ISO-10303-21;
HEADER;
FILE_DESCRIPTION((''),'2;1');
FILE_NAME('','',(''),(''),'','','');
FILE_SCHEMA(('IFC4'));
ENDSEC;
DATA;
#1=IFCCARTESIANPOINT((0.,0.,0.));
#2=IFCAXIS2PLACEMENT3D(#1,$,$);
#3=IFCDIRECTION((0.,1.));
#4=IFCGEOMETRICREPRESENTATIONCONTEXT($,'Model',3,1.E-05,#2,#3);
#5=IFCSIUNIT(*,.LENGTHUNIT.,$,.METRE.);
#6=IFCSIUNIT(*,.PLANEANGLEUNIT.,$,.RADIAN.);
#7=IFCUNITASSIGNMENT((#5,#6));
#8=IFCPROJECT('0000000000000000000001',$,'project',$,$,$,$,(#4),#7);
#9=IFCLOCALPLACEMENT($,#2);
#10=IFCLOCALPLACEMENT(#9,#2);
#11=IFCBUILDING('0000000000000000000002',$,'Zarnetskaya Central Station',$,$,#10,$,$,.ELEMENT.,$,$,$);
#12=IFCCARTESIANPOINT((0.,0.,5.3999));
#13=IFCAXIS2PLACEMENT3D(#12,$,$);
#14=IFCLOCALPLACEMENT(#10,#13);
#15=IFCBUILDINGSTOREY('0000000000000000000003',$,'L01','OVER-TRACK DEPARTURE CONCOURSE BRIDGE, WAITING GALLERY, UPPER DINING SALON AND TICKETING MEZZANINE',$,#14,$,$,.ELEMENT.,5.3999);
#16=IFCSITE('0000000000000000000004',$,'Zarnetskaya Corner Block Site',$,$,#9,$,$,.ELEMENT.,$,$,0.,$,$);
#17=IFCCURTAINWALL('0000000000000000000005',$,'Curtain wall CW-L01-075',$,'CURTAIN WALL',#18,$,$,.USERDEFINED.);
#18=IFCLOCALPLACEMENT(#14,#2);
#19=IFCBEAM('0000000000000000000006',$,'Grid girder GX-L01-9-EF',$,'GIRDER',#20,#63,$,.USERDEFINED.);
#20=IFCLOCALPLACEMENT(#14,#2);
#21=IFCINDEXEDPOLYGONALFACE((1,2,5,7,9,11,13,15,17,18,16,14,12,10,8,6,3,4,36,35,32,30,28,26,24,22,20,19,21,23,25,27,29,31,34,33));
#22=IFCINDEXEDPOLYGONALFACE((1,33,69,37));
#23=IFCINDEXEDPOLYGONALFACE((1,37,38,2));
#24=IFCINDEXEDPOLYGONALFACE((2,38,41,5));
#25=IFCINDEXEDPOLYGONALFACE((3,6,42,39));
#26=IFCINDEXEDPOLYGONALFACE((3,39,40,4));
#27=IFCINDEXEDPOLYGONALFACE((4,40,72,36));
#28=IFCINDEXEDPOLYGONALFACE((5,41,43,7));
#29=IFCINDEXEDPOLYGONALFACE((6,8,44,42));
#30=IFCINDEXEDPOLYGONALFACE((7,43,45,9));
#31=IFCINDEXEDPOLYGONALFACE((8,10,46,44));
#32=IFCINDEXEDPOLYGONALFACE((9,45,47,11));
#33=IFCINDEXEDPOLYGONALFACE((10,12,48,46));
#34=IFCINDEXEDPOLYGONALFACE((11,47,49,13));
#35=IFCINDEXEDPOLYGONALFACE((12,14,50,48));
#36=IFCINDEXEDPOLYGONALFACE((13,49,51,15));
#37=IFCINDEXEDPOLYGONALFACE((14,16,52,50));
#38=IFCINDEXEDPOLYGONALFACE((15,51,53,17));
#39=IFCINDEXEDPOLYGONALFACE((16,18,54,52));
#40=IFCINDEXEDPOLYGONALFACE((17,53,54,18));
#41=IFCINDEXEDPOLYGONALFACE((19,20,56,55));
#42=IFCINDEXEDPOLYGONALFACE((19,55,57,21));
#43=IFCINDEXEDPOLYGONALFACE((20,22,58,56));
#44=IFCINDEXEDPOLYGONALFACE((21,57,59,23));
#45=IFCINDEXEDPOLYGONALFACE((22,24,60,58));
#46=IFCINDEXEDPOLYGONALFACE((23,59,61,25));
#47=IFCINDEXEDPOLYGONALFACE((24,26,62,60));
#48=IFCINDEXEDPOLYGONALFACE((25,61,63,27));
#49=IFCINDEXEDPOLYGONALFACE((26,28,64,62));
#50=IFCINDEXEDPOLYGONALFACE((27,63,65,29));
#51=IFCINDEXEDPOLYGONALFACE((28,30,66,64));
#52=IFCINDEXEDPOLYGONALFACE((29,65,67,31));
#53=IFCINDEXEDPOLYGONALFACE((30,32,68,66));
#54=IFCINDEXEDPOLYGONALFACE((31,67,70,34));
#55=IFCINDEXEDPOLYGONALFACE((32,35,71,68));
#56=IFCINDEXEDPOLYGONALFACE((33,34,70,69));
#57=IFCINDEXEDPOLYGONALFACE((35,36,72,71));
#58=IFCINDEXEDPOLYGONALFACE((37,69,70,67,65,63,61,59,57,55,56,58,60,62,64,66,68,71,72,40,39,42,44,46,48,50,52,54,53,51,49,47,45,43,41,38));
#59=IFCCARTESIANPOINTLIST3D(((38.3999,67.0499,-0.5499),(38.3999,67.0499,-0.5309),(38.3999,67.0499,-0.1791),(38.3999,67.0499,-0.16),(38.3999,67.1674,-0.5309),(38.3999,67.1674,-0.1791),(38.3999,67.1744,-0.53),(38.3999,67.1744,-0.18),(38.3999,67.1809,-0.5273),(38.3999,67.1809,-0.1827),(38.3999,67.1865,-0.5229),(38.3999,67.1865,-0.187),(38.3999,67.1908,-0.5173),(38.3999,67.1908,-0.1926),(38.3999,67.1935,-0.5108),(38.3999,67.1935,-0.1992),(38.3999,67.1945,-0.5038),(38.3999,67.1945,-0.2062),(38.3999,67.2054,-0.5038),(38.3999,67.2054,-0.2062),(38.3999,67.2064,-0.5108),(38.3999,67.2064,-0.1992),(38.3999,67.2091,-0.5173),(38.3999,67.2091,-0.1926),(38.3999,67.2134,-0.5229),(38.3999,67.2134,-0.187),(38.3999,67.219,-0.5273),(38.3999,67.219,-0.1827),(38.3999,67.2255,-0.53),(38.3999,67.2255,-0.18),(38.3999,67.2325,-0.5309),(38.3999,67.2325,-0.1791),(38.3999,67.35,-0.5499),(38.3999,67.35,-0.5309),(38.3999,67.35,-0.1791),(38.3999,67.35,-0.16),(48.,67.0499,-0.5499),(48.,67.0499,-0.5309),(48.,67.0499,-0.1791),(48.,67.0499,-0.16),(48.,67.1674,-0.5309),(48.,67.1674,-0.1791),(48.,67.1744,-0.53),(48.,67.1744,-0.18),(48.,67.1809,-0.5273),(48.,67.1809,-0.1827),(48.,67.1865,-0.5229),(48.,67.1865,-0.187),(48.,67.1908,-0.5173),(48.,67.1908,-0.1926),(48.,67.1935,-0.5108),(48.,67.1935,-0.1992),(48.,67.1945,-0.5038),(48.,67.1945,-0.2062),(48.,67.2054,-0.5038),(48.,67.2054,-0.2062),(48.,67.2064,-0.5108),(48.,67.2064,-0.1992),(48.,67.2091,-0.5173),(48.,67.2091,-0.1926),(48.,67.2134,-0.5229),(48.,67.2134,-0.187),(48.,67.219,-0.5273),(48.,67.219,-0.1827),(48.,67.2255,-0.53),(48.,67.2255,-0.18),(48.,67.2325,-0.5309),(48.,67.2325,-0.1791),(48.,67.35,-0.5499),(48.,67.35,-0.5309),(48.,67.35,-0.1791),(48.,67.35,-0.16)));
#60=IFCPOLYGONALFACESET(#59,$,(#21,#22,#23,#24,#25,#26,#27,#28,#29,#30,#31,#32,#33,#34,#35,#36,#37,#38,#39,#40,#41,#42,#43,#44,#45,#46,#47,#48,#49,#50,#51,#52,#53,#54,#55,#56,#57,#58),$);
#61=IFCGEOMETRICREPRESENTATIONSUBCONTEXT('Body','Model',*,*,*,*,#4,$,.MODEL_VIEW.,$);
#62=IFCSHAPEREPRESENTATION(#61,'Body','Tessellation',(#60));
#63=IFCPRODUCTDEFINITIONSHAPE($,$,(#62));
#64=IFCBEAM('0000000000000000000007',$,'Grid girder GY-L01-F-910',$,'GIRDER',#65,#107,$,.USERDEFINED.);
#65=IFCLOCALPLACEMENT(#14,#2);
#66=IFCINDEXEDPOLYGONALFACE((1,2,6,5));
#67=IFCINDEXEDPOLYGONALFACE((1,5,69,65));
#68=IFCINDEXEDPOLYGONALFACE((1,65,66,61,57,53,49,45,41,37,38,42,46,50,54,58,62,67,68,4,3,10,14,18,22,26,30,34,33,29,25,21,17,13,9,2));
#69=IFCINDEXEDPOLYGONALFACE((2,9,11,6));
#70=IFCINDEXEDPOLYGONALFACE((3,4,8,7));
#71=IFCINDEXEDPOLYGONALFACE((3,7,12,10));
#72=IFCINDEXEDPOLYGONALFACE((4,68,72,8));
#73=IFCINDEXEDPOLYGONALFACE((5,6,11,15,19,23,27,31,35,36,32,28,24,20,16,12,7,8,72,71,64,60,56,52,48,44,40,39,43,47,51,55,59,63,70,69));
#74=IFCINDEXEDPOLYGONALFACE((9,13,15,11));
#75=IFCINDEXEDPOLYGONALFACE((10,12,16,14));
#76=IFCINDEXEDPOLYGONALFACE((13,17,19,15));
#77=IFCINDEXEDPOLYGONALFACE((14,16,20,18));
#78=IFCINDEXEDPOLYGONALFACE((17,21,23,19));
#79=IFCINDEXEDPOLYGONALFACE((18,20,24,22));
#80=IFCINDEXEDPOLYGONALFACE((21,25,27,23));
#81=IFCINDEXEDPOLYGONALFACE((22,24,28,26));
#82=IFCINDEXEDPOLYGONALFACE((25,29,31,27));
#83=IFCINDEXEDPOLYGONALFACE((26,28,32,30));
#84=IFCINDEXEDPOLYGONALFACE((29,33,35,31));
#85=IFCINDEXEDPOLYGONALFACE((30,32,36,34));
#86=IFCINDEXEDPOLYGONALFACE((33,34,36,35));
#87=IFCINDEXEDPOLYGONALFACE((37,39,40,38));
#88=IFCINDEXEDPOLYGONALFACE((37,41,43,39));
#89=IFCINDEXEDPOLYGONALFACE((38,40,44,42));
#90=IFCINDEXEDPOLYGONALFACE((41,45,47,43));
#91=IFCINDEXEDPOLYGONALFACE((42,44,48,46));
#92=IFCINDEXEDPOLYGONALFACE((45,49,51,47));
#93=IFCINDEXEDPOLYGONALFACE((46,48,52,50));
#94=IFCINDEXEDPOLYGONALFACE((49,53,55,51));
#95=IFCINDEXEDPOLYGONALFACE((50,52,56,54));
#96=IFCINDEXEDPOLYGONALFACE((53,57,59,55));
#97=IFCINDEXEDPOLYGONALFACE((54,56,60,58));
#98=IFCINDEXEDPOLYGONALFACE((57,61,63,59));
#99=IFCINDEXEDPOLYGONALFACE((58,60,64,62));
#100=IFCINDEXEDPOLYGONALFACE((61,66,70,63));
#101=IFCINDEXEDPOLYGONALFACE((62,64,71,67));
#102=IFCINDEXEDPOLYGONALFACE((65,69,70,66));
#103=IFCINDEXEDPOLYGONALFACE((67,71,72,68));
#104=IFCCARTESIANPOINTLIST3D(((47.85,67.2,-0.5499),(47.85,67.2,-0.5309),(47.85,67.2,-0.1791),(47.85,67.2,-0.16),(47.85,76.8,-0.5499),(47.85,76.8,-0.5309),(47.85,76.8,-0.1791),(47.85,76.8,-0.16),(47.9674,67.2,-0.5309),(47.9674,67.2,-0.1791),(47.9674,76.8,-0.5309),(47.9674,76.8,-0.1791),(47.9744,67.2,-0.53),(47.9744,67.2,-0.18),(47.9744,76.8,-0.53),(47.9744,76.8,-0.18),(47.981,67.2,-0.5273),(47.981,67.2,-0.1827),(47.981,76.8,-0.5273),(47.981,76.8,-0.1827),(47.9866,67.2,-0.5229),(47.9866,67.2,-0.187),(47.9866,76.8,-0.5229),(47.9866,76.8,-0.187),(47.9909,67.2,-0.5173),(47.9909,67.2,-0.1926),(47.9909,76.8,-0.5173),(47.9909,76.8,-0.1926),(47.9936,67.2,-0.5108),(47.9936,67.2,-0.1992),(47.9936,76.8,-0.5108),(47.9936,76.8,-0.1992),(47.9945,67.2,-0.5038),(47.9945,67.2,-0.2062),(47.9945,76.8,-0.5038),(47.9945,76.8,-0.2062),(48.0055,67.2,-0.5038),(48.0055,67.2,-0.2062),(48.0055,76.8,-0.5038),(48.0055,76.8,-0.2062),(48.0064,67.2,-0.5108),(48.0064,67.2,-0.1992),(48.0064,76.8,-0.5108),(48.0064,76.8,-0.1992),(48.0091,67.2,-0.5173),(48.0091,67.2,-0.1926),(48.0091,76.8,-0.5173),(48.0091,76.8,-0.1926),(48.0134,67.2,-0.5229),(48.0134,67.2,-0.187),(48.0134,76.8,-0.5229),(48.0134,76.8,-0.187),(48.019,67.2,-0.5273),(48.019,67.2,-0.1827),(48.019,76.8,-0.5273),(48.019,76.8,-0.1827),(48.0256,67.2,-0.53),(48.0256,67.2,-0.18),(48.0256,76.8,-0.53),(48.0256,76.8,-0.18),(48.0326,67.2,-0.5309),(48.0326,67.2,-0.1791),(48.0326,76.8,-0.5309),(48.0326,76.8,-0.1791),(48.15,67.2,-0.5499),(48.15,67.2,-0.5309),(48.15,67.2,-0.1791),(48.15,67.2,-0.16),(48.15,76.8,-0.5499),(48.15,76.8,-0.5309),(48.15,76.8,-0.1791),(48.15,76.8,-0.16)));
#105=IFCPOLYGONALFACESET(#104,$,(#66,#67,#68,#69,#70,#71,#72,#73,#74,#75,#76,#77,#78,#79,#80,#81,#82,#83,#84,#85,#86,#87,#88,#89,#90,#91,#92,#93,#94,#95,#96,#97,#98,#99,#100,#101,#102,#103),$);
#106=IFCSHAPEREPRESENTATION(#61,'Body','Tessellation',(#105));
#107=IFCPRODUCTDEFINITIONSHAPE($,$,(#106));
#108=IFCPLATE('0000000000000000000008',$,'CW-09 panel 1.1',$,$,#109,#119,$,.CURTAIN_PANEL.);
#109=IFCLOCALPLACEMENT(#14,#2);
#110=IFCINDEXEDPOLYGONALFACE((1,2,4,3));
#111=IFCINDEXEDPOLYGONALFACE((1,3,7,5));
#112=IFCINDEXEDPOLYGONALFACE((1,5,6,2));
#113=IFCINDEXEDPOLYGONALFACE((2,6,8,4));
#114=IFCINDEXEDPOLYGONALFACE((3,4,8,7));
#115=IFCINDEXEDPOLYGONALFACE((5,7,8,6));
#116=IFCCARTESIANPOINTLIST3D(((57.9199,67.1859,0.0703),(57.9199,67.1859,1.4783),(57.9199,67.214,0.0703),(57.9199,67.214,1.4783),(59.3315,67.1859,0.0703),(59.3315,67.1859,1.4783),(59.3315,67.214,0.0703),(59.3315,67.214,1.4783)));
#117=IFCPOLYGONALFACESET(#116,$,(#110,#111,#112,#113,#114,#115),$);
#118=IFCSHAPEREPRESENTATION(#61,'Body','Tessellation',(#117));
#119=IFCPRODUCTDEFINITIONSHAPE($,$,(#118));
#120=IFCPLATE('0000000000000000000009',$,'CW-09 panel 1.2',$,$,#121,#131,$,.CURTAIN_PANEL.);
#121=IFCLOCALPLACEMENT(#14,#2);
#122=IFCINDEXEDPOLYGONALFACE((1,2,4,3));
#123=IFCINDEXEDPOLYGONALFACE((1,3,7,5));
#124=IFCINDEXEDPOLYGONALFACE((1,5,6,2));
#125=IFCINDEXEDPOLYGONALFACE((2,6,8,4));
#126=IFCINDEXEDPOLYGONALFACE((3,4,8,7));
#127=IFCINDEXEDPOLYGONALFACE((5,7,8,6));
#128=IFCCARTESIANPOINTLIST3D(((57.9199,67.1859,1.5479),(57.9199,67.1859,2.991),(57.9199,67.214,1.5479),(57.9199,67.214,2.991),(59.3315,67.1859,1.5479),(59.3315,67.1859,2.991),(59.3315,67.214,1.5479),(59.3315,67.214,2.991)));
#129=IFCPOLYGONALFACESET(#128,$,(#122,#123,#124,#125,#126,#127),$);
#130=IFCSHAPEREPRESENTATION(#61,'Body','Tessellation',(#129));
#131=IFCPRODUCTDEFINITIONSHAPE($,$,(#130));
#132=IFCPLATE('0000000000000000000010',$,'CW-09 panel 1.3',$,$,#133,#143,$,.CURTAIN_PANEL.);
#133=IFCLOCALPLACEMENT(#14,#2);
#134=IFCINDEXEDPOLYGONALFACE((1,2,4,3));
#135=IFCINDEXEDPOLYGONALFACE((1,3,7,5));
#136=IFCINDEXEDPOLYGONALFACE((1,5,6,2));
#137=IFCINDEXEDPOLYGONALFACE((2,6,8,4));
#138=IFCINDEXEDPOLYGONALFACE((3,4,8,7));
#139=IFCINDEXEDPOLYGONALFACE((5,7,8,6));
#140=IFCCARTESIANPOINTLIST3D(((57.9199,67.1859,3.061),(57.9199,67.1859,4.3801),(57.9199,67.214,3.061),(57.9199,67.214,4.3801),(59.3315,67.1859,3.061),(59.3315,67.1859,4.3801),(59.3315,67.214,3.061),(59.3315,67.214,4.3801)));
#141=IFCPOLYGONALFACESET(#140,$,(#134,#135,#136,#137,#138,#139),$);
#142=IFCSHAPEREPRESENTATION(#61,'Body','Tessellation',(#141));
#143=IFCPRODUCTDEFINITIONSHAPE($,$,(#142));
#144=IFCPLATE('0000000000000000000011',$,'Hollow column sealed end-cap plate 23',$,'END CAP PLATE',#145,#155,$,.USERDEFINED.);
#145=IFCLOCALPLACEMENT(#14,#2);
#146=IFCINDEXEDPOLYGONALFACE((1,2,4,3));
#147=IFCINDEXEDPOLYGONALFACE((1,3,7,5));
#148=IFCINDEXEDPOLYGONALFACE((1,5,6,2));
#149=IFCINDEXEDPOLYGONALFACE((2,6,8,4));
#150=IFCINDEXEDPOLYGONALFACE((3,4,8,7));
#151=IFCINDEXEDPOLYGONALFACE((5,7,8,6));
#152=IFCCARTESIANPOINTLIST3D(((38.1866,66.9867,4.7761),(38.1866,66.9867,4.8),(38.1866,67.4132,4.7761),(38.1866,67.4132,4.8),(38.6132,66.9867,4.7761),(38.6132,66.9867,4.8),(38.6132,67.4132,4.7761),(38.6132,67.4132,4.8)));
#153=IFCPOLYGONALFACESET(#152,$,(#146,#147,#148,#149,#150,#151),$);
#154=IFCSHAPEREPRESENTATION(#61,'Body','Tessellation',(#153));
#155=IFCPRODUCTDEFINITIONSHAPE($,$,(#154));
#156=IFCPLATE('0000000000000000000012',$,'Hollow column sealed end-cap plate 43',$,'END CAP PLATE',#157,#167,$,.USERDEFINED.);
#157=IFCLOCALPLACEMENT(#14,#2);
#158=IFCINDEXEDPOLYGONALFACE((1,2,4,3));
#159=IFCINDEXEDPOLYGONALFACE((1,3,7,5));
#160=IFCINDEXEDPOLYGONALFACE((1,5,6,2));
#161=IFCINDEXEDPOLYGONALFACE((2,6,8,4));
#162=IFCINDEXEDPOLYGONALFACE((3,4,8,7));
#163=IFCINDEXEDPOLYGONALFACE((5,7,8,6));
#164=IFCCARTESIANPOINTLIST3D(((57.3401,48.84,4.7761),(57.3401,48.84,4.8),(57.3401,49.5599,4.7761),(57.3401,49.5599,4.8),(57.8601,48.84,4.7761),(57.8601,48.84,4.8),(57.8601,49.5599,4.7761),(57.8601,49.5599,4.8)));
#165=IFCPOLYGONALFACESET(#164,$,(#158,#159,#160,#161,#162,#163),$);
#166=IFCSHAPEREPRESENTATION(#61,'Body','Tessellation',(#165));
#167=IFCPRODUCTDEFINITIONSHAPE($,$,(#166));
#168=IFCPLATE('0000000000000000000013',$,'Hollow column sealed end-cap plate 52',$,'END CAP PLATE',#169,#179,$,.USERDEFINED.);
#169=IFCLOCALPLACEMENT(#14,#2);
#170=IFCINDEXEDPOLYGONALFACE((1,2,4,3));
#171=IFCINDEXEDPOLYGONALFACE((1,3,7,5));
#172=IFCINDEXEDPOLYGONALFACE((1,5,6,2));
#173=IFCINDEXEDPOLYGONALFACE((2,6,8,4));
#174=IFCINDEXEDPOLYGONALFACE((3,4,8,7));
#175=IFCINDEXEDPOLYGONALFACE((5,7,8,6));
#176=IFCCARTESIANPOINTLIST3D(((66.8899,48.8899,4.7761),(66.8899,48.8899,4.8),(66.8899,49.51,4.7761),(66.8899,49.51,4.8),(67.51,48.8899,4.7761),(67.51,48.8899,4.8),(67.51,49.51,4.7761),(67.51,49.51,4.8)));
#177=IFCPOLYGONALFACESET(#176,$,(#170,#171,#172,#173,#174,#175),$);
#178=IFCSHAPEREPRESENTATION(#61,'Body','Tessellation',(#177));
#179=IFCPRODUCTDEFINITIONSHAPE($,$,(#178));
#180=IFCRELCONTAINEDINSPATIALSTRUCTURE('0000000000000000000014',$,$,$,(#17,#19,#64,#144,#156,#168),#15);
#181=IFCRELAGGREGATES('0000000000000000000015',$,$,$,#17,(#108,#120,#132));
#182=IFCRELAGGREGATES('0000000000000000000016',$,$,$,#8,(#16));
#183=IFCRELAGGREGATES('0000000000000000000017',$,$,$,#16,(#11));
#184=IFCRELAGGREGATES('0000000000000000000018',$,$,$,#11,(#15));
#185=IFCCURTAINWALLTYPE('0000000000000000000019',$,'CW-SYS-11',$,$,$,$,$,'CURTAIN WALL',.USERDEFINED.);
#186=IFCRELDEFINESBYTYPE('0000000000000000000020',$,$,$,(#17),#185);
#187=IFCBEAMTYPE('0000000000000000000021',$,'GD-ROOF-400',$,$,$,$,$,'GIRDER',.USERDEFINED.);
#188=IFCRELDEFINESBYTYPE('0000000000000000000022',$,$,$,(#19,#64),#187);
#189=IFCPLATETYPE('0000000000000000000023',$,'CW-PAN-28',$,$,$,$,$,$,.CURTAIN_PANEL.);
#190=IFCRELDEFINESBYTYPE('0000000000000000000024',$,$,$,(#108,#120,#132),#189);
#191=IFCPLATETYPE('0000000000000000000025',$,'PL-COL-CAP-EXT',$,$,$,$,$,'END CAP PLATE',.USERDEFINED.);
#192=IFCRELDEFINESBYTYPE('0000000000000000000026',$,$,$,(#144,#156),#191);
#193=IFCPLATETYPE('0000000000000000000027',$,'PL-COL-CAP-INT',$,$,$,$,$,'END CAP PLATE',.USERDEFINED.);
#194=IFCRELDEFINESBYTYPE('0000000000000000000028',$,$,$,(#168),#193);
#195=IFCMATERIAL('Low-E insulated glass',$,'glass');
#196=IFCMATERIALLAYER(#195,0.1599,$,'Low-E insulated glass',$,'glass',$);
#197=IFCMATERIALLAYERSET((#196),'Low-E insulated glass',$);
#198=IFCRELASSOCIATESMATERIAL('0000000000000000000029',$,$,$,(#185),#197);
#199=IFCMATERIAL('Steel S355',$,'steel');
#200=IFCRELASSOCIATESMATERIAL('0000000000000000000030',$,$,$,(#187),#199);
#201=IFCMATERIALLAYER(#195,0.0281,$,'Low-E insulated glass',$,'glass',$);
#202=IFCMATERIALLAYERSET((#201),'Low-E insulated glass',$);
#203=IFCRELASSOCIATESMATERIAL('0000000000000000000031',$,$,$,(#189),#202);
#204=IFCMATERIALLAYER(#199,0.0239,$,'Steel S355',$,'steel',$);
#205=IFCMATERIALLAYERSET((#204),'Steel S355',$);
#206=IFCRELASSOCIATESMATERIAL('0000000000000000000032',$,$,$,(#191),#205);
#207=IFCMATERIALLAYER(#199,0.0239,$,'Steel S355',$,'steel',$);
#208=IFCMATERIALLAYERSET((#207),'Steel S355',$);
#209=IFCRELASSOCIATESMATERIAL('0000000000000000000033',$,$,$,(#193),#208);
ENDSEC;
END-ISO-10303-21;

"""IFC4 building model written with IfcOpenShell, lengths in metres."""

from ifc_helpers import new_model, si_unit, direction, frame, origin, origin_2d, place, context, subcontext, project, spatial, rectangle, i_section, extrude, material, layer, layer_set, material_profile, profile_set, type_object, element, aggregate, save


model = new_model("IFC4")

# Units and contexts
model_context = context("Model", 3, precision=1e-05, world=origin(), true_north=direction((0.0, 1.0)))
body_context = subcontext(model_context, "Body", "Model", "MODEL_VIEW")
ifc_project = project(units=[si_unit("LENGTHUNIT", "METRE"), si_unit("PLANEANGLEUNIT", "RADIAN")], contexts=[model_context])

# Site, building, storey
site_placement = place(None, origin())
site = spatial("IfcSite", under=ifc_project, at=site_placement, Name="Zarnetskaya Corner Block Site", CompositionType="ELEMENT", RefElevation=0.0)
building_placement = place(site_placement, origin())
building = spatial("IfcBuilding", under=site, at=building_placement, Name="Zarnetskaya Central Station", CompositionType="ELEMENT")
storey_placement = place(building_placement, frame((0.0, 0.0, 5.3999)))
storey = spatial("IfcBuildingStorey", under=building, at=storey_placement, Name="L01", Description="OVER-TRACK DEPARTURE CONCOURSE BRIDGE, WAITING GALLERY, UPPER DINING SALON AND TICKETING MEZZANINE", CompositionType="ELEMENT", Elevation=5.3999)

# Shared definitions
ifc_material_1 = material(Name="Steel S355", Category="steel")

# Shared definitions
ifc_material_2 = material(Name="Low-E insulated glass", Category="glass")

# Curtain wall
ifc_layer_1 = layer(ifc_material_2, 0.1599, Name="Low-E insulated glass", Category="glass")
ifc_layer_set_1 = layer_set([ifc_layer_1], Name="Low-E insulated glass")
curtain_wall_type_1 = type_object("IfcCurtainWallType", Name="CW-SYS-11", ElementType="CURTAIN WALL", PredefinedType="USERDEFINED", material=ifc_layer_set_1)
curtain_wall_1_placement = place(storey_placement, origin())
curtain_wall_1 = element("IfcCurtainWall", 1, at=curtain_wall_1_placement, inside=storey, type_object=curtain_wall_type_1, Name="Curtain wall CW-L01-075", ObjectType="CURTAIN WALL", PredefinedType="USERDEFINED")

# Beams
ifc_material_profile_1 = material_profile(ifc_material_1, i_section(OverallWidth=0.3, OverallDepth=0.3899, WebThickness=0.011, FlangeThickness=0.019, FilletRadius=0.0271, at=origin_2d()), Name="HEA 400")
ifc_profile_set_1 = profile_set([ifc_material_profile_1], Name="Steel S355")
beam_type_1 = type_object("IfcBeamType", Name="GD-ROOF-400", ElementType="GIRDER", PredefinedType="USERDEFINED", material=ifc_profile_set_1)
for number, where, z_axis, x_axis, name in (
    (2, (38.3999, 67.2, -0.355), (1.0, 0.0, 0.0), (0.0, 1.0, 0.0), "Grid girder GX-L01-9-EF"),
    (3, (48.0, 67.2, -0.355), (0.0, 1.0, 0.0), (-1.0, 0.0, 0.0), "Grid girder GY-L01-F-910"),
):
    element("IfcBeam", number, at=place(storey_placement, frame(where, z_axis=z_axis, x_axis=x_axis)), inside=storey, type_object=beam_type_1, Name=name, ObjectType="GIRDER", PredefinedType="USERDEFINED", context=body_context, shape_type="SweptSolid", body=[
        extrude(i_section(OverallWidth=0.3, OverallDepth=0.3899, WebThickness=0.011, FlangeThickness=0.019, FilletRadius=0.0271, at=origin_2d()), origin(), (0.0, 0.0, 1.0), 9.6001),
    ])

# Plates
ifc_layer_2 = layer(ifc_material_2, 0.0281, Name="Low-E insulated glass", Category="glass")
ifc_layer_set_2 = layer_set([ifc_layer_2], Name="Low-E insulated glass")
plate_type_1 = type_object("IfcPlateType", Name="CW-PAN-28", PredefinedType="CURTAIN_PANEL", material=ifc_layer_set_2)
plate_1_placement = place(storey_placement, frame((58.6257, 67.2, 0.0703), z_axis=(0.0, 0.0, 1.0), x_axis=(1.0, 0.0, 0.0)))
plate_1 = element("IfcPlate", 4, at=plate_1_placement, type_object=plate_type_1, Name="CW-09 panel 1.1", PredefinedType="CURTAIN_PANEL", context=body_context, shape_type="SweptSolid", body=[
    extrude(rectangle(XDim=1.4116, YDim=0.0281, at=origin_2d()), origin(), (0.0, 0.0, 1.0), 1.408),
])
plate_2_placement = place(storey_placement, frame((58.6257, 67.2, 1.5479), z_axis=(0.0, 0.0, 1.0), x_axis=(1.0, 0.0, 0.0)))
plate_2 = element("IfcPlate", 5, at=plate_2_placement, type_object=plate_type_1, Name="CW-09 panel 1.2", PredefinedType="CURTAIN_PANEL", context=body_context, shape_type="SweptSolid", body=[
    extrude(rectangle(XDim=1.4116, YDim=0.0281, at=origin_2d()), origin(), (0.0, 0.0, 1.0), 1.4431),
])
plate_3_placement = place(storey_placement, frame((58.6257, 67.2, 3.061), z_axis=(0.0, 0.0, 1.0), x_axis=(1.0, 0.0, 0.0)))
plate_3 = element("IfcPlate", 6, at=plate_3_placement, type_object=plate_type_1, Name="CW-09 panel 1.3", PredefinedType="CURTAIN_PANEL", context=body_context, shape_type="SweptSolid", body=[
    extrude(rectangle(XDim=1.4116, YDim=0.0281, at=origin_2d()), origin(), (0.0, 0.0, 1.0), 1.3191),
])
aggregate(curtain_wall_1, [plate_1, plate_2, plate_3])

# Plates
ifc_layer_3 = layer(ifc_material_1, 0.0239, Name="Steel S355", Category="steel")
ifc_layer_set_3 = layer_set([ifc_layer_3], Name="Steel S355")
plate_type_2 = type_object("IfcPlateType", Name="PL-COL-CAP-EXT", ElementType="END CAP PLATE", PredefinedType="USERDEFINED", material=ifc_layer_set_3)
plate_4_placement = place(storey_placement, frame((38.3999, 67.2, 4.7761), z_axis=(0.0, 0.0, 1.0), x_axis=(1.0, 0.0, 0.0)))
element("IfcPlate", 7, at=plate_4_placement, inside=storey, type_object=plate_type_2, Name="Hollow column sealed end-cap plate 23", ObjectType="END CAP PLATE", PredefinedType="USERDEFINED", context=body_context, shape_type="SweptSolid", body=[
    extrude(rectangle(XDim=0.4265, YDim=0.4265, at=origin_2d()), origin(), (0.0, 0.0, 1.0), 0.0239),
])
plate_5_placement = place(storey_placement, frame((57.6001, 49.2, 4.7761), z_axis=(0.0, 0.0, 1.0), x_axis=(1.0, 0.0, 0.0)))
element("IfcPlate", 8, at=plate_5_placement, inside=storey, type_object=plate_type_2, Name="Hollow column sealed end-cap plate 43", ObjectType="END CAP PLATE", PredefinedType="USERDEFINED", context=body_context, shape_type="SweptSolid", body=[
    extrude(rectangle(XDim=0.52, YDim=0.72, at=origin_2d()), origin(), (0.0, 0.0, 1.0), 0.0239),
])
ifc_layer_4 = layer(ifc_material_1, 0.0239, Name="Steel S355", Category="steel")
ifc_layer_set_4 = layer_set([ifc_layer_4], Name="Steel S355")
plate_type_3 = type_object("IfcPlateType", Name="PL-COL-CAP-INT", ElementType="END CAP PLATE", PredefinedType="USERDEFINED", material=ifc_layer_set_4)
plate_6_placement = place(storey_placement, frame((67.2, 49.2, 4.7761), z_axis=(0.0, 0.0, 1.0), x_axis=(1.0, 0.0, 0.0)))
element("IfcPlate", 9, at=plate_6_placement, inside=storey, type_object=plate_type_3, Name="Hollow column sealed end-cap plate 52", ObjectType="END CAP PLATE", PredefinedType="USERDEFINED", context=body_context, shape_type="SweptSolid", body=[
    extrude(rectangle(XDim=0.6201, YDim=0.6201, at=origin_2d()), origin(), (0.0, 0.0, 1.0), 0.0239),
])

save(model, "model.ifc")
